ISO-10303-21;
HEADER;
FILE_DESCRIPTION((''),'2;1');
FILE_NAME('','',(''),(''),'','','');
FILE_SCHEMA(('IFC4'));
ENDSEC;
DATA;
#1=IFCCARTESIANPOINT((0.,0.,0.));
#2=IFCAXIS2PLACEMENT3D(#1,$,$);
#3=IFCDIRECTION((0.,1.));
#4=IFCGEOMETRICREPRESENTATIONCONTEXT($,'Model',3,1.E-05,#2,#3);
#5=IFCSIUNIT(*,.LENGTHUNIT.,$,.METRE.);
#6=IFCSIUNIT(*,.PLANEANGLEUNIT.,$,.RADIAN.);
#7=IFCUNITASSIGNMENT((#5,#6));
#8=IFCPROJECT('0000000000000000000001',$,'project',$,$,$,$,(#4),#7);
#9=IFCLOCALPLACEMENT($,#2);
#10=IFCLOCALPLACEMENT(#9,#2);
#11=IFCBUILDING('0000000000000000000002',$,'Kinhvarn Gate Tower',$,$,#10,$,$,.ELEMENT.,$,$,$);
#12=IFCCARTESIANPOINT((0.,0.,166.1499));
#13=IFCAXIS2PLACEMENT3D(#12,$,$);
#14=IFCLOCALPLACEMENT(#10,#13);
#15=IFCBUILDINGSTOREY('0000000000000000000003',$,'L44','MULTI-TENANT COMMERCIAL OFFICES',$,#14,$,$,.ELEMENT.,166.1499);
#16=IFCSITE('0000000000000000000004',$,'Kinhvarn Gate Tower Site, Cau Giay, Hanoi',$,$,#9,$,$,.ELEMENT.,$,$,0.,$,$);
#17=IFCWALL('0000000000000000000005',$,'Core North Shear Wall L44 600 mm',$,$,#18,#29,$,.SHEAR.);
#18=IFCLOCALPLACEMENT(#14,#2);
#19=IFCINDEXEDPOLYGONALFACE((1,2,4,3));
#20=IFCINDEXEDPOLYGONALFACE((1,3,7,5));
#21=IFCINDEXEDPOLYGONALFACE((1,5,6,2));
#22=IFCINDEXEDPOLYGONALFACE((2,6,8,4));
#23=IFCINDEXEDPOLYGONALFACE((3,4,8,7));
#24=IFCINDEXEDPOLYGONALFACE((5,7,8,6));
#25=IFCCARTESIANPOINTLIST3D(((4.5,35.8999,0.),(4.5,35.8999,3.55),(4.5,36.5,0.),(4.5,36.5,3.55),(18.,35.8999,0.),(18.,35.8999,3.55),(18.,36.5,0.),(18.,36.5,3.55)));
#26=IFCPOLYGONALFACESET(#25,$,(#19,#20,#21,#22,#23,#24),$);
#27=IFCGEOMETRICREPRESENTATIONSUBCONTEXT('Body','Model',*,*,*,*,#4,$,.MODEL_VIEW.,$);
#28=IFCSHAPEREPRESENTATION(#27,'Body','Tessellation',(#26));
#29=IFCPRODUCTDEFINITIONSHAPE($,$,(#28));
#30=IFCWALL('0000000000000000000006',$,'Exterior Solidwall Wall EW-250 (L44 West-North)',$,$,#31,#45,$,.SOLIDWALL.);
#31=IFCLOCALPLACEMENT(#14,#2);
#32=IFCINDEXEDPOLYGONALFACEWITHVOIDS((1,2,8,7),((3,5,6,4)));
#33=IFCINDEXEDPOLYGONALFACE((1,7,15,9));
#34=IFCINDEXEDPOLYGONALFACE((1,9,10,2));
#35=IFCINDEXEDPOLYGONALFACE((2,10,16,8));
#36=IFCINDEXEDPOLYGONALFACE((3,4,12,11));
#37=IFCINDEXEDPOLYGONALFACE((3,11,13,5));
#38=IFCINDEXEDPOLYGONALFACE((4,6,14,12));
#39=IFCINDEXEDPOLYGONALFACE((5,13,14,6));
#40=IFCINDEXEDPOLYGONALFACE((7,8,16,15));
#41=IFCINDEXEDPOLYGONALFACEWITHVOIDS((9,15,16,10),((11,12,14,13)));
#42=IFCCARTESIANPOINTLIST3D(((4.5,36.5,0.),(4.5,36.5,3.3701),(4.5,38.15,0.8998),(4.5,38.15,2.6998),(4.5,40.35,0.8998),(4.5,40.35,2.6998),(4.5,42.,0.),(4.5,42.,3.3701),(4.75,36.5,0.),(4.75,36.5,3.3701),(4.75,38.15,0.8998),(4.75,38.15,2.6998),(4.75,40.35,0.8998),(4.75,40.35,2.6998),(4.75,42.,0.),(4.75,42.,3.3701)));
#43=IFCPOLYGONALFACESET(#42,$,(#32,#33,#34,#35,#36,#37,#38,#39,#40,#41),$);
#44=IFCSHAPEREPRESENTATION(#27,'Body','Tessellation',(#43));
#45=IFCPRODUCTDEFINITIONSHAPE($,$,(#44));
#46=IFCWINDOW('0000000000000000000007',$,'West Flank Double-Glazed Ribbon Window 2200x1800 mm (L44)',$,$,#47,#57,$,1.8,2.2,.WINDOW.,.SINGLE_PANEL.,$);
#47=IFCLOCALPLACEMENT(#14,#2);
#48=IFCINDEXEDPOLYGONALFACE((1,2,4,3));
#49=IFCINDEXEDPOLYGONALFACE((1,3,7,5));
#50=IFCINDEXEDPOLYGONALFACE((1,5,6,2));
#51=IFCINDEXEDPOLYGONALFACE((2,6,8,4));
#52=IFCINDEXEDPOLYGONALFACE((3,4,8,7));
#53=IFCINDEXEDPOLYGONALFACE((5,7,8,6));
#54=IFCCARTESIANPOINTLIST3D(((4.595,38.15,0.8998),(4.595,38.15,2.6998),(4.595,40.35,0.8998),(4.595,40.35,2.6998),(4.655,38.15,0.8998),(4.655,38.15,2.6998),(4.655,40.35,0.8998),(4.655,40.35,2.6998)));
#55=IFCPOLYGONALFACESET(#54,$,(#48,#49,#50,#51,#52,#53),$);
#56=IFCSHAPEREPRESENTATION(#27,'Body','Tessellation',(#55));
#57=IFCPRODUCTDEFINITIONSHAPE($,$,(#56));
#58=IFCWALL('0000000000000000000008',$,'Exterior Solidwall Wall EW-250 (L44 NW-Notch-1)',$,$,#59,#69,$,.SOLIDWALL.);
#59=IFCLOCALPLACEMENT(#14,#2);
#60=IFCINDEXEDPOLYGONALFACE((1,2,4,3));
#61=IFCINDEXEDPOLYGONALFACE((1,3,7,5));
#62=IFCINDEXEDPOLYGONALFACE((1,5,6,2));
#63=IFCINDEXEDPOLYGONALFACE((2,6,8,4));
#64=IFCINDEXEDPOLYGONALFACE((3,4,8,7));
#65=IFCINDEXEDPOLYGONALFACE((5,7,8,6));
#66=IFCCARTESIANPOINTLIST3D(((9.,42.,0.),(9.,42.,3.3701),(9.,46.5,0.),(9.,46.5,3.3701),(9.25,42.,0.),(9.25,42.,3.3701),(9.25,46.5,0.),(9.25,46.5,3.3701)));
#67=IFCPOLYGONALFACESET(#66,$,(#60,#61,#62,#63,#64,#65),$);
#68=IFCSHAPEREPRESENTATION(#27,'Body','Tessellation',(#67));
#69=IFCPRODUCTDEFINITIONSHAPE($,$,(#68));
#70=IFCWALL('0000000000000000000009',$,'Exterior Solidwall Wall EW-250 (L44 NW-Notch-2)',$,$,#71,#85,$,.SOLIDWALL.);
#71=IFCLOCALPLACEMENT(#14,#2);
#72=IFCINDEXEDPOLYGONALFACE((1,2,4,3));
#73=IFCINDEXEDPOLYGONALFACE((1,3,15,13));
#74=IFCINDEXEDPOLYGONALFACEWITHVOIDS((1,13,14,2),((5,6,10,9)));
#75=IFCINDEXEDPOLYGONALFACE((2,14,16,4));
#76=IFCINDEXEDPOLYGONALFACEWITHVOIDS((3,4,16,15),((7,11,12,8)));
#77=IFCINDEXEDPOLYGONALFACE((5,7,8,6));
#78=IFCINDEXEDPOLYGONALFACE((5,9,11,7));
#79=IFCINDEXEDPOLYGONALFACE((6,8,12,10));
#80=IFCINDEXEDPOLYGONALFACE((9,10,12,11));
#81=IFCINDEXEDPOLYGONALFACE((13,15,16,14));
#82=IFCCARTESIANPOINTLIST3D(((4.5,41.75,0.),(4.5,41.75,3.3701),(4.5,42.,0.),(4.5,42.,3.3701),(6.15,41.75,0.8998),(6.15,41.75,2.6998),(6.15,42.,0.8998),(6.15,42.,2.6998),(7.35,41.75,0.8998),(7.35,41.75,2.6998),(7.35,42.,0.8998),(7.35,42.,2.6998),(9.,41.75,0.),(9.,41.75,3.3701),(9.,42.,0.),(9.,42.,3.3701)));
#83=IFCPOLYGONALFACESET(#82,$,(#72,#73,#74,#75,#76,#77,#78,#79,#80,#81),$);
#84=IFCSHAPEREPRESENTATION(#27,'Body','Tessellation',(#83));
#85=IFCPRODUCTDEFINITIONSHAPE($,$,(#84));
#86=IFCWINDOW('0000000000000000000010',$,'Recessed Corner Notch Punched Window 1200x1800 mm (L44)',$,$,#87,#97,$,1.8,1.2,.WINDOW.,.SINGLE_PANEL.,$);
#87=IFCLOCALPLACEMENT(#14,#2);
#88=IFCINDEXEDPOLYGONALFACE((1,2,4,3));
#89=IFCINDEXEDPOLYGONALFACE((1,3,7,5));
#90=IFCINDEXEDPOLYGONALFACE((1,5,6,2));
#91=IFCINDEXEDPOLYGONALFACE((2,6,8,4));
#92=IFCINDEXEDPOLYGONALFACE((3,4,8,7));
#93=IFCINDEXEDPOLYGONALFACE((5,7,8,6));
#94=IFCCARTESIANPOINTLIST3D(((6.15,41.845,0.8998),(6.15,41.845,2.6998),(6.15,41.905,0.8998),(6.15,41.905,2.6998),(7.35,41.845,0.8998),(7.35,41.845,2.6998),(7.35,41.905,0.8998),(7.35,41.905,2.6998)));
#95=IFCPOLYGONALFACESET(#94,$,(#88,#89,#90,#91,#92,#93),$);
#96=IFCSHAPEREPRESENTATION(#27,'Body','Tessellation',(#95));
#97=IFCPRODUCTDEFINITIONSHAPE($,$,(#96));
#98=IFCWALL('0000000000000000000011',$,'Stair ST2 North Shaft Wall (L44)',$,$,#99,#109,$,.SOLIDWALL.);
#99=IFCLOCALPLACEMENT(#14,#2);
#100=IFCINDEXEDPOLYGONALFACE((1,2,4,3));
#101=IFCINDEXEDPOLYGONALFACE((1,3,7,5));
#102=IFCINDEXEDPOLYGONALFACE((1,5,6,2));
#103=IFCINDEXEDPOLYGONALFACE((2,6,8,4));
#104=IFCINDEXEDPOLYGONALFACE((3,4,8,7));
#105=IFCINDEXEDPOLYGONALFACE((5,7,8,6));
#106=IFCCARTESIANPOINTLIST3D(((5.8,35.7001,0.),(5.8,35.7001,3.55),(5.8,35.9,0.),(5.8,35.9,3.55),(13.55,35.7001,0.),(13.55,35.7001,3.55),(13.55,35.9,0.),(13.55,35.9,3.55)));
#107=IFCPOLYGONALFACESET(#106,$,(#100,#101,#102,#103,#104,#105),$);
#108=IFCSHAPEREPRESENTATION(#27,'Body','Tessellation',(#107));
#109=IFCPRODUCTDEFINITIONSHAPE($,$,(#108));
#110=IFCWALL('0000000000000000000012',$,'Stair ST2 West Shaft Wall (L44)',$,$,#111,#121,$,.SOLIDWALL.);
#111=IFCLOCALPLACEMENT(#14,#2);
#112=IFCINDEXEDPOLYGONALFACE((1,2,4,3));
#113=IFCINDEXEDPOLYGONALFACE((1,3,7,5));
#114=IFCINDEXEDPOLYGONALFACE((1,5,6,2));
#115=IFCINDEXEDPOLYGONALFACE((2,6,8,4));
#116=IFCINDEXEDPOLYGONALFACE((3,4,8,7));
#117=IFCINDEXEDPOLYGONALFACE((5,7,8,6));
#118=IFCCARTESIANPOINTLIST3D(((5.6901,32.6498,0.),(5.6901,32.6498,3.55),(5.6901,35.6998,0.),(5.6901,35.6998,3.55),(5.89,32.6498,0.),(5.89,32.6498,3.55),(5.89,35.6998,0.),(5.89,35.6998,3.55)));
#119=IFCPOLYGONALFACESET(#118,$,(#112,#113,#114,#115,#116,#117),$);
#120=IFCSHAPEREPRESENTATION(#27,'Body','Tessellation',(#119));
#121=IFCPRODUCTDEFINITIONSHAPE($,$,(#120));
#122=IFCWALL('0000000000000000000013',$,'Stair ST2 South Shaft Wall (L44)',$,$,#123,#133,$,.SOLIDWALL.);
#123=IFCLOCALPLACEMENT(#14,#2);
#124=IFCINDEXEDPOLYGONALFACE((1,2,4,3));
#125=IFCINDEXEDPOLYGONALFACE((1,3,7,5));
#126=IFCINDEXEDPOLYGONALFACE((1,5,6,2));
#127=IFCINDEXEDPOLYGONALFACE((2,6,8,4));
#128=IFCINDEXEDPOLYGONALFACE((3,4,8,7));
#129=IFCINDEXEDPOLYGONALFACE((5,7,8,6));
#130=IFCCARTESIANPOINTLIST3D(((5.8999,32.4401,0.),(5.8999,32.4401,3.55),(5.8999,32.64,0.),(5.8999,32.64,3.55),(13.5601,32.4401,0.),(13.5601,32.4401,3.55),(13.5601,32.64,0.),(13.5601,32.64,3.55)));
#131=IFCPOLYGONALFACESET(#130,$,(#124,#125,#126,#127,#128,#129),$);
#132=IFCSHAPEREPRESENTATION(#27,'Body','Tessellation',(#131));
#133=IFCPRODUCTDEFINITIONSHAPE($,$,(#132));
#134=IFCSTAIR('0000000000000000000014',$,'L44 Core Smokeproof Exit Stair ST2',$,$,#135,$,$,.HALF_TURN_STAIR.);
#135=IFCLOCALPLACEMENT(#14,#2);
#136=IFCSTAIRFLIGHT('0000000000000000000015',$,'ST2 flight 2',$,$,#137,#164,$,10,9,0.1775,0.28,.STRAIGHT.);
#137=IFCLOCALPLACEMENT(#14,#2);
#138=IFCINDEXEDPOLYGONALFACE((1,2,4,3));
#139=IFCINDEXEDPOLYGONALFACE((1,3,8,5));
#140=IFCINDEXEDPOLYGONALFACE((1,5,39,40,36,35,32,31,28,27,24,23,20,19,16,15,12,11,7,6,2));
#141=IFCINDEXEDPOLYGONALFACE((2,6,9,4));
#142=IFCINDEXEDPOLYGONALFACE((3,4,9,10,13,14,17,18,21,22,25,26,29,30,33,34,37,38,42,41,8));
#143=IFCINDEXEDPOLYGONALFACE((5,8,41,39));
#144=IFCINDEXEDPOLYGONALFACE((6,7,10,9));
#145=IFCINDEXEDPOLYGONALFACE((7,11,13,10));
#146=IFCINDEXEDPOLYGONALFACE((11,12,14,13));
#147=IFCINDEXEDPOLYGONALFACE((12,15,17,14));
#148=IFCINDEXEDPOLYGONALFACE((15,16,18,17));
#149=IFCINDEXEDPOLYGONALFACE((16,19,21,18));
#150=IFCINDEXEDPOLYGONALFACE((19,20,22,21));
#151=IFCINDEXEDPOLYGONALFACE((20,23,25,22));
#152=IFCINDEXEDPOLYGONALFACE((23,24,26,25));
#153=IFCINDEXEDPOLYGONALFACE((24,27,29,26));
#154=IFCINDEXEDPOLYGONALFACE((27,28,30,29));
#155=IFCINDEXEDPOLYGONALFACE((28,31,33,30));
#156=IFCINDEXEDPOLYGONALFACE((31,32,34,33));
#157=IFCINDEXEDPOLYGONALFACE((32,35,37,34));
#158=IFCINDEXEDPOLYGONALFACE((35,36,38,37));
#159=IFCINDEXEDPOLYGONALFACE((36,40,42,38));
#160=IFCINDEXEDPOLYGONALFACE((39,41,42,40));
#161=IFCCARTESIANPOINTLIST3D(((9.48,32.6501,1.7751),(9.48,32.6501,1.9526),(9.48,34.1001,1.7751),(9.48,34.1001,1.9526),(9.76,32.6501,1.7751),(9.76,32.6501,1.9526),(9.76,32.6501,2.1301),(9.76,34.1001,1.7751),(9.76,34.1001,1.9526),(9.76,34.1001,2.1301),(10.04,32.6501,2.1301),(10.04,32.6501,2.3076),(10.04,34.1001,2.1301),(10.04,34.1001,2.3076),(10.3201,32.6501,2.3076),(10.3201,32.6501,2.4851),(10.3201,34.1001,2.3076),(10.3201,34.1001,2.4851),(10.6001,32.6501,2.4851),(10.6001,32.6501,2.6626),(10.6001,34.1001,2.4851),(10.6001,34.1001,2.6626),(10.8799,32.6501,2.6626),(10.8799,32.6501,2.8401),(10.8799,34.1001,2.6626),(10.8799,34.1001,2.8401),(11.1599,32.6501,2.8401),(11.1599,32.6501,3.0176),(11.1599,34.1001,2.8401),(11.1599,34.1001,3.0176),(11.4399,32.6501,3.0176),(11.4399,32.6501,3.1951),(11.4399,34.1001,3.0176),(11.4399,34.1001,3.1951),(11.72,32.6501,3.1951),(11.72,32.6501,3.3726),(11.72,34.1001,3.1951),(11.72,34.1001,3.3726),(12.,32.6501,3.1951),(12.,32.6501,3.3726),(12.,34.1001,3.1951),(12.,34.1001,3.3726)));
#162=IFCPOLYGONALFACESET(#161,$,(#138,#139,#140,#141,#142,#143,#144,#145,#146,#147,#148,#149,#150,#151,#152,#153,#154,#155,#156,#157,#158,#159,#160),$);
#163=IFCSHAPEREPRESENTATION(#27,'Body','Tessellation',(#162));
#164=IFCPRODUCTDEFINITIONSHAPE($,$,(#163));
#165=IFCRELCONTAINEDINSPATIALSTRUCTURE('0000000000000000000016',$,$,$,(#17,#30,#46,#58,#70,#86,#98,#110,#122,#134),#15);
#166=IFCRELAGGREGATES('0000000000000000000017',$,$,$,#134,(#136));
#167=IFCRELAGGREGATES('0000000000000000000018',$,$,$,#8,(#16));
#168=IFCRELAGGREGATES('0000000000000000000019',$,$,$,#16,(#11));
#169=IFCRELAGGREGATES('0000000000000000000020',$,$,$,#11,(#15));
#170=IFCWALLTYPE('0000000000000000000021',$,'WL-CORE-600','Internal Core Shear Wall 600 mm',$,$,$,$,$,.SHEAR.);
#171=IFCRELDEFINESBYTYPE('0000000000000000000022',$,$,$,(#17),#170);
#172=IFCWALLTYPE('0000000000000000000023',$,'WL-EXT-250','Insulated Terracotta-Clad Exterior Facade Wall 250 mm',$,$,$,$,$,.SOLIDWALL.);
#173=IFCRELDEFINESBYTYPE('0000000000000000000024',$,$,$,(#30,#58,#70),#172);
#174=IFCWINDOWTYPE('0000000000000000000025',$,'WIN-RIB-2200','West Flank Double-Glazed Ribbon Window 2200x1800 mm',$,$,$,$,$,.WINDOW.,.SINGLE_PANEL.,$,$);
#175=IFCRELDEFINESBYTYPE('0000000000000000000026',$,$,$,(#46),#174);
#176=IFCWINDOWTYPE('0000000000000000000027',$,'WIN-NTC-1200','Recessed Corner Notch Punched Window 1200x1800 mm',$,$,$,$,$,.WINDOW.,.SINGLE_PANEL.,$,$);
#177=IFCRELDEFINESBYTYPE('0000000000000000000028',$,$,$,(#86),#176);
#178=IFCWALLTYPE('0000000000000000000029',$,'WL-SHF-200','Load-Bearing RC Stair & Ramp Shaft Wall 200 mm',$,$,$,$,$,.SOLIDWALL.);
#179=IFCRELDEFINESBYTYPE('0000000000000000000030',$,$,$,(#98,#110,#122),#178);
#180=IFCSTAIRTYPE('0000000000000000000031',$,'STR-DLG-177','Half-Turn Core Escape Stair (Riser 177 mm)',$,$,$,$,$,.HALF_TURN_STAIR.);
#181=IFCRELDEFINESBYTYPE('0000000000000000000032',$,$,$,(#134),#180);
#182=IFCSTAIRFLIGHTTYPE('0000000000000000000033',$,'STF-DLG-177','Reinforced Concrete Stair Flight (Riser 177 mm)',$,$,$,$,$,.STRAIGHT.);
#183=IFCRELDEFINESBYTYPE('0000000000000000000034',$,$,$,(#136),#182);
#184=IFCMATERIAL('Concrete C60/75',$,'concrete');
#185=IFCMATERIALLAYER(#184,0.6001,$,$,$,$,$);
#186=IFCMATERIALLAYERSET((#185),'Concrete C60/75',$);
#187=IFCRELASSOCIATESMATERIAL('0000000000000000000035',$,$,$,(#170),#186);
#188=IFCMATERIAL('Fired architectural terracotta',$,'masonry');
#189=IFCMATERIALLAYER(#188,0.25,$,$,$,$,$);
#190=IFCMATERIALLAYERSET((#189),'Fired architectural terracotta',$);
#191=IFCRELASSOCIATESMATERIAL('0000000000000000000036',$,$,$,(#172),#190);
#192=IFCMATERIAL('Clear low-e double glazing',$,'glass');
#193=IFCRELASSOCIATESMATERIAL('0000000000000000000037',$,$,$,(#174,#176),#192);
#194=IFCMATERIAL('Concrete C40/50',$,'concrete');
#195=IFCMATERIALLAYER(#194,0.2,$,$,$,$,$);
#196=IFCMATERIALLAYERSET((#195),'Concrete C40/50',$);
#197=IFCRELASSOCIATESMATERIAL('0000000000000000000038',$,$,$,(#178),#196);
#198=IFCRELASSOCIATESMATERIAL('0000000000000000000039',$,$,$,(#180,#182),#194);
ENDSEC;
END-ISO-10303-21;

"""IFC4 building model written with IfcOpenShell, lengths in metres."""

from ifc_helpers import new_model, si_unit, direction, frame, frame_2d, origin, place, context, subcontext, project, spatial, polyline, rectangle, outline, extrude, material, layer, layer_set, type_object, element, fill, aggregate, save


model = new_model("IFC4")

# Units and contexts
model_context = context("Model", 3, precision=1e-05, world=origin(), true_north=direction((0.0, 1.0)))
body_context = subcontext(model_context, "Body", "Model", "MODEL_VIEW")
ifc_project = project(units=[si_unit("LENGTHUNIT", "METRE"), si_unit("PLANEANGLEUNIT", "RADIAN")], contexts=[model_context])

# Site, building, storey
site_placement = place(None, origin())
site = spatial("IfcSite", under=ifc_project, at=site_placement, Name="Kinhvarn Gate Tower Site, Cau Giay, Hanoi", CompositionType="ELEMENT", RefElevation=0.0)
building_placement = place(site_placement, origin())
building = spatial("IfcBuilding", under=site, at=building_placement, Name="Kinhvarn Gate Tower", CompositionType="ELEMENT")
storey_placement = place(building_placement, frame((0.0, 0.0, 166.1499)))
storey = spatial("IfcBuildingStorey", under=building, at=storey_placement, Name="L44", Description="MULTI-TENANT COMMERCIAL OFFICES", CompositionType="ELEMENT", Elevation=166.1499)

# Shared definitions
ifc_material_1 = material(Name="Concrete C60/75", Category="concrete")

# Shared definitions
ifc_material_2 = material(Name="Clear low-e double glazing", Category="glass")

# Wall
ifc_layer_1 = layer(ifc_material_1, 0.6001)
ifc_layer_set_1 = layer_set([ifc_layer_1], Name="Concrete C60/75")
wall_type_1 = type_object("IfcWallType", Name="WL-CORE-600", Description="Internal Core Shear Wall 600 mm", PredefinedType="SHEAR", material=ifc_layer_set_1)
wall_1_placement = place(storey_placement, frame((4.5, 36.2, 0.0), z_axis=(0.0, 0.0, 1.0), x_axis=(1.0, 0.0, 0.0)))
element("IfcWall", 1, at=wall_1_placement, inside=storey, type_object=wall_type_1, Name="Core North Shear Wall L44 600 mm", PredefinedType="SHEAR", context=body_context, shape_type="SweptSolid", body=[
    extrude(rectangle(XDim=13.5, YDim=0.6001, at=frame_2d((6.75, 0.0))), origin(), (0.0, 0.0, 1.0), 3.55),
])

# Wall, opening, window
ifc_material_3 = material(Name="Fired architectural terracotta", Category="masonry")
ifc_layer_2 = layer(ifc_material_3, 0.25)
ifc_layer_set_2 = layer_set([ifc_layer_2], Name="Fired architectural terracotta")
wall_type_2 = type_object("IfcWallType", Name="WL-EXT-250", Description="Insulated Terracotta-Clad Exterior Facade Wall 250 mm", PredefinedType="SOLIDWALL", material=ifc_layer_set_2)
wall_2_placement = place(storey_placement, frame((4.625, 42.0, 0.0), z_axis=(0.0, 0.0, 1.0), x_axis=(0.0, -1.0, 0.0)))
wall_2 = element("IfcWall", 2, at=wall_2_placement, inside=storey, type_object=wall_type_2, Name="Exterior Solidwall Wall EW-250 (L44 West-North)", PredefinedType="SOLIDWALL", context=body_context, shape_type="SweptSolid", body=[
    extrude(rectangle(XDim=5.5, YDim=0.25, at=frame_2d((2.75, 0.0))), origin(), (0.0, 0.0, 1.0), 3.3701),
])
opening_1_placement = place(wall_2_placement, frame((1.6499, 0.0, 0.8999)))
opening_1 = element("IfcOpeningElement", 3, at=opening_1_placement, cuts=wall_2, PredefinedType="OPENING", context=body_context, shape_type="SweptSolid", body=[
    extrude(rectangle(XDim=2.2, YDim=1.8, at=frame_2d((1.1001, 0.8999))), frame((0.0, 0.135, 0.0), z_axis=(0.0, -1.0, 0.0), x_axis=(1.0, 0.0, 0.0)), (0.0, 0.0, 1.0), 0.27),
])
window_type_1 = type_object("IfcWindowType", Name="WIN-RIB-2200", Description="West Flank Double-Glazed Ribbon Window 2200x1800 mm", PartitioningType="SINGLE_PANEL", PredefinedType="WINDOW", material=ifc_material_2)
window_1_placement = place(opening_1_placement, origin())
window_1 = element("IfcWindow", 4, at=window_1_placement, inside=storey, type_object=window_type_1, Name="West Flank Double-Glazed Ribbon Window 2200x1800 mm (L44)", OverallHeight=1.8, OverallWidth=2.2, PartitioningType="SINGLE_PANEL", PredefinedType="WINDOW", context=body_context, shape_type="SweptSolid", body=[
    extrude(rectangle(XDim=2.2, YDim=1.8, at=frame_2d((1.1001, 0.8999))), frame((0.0, 0.03, 0.0), z_axis=(0.0, -1.0, 0.0), x_axis=(1.0, 0.0, 0.0)), (0.0, 0.0, 1.0), 0.0601),
])
fill(opening_1, window_1)

# Wall
wall_3_placement = place(storey_placement, frame((9.125, 46.5, 0.0), z_axis=(0.0, 0.0, 1.0), x_axis=(0.0, -1.0, 0.0)))
element("IfcWall", 5, at=wall_3_placement, inside=storey, type_object=wall_type_2, Name="Exterior Solidwall Wall EW-250 (L44 NW-Notch-1)", PredefinedType="SOLIDWALL", context=body_context, shape_type="SweptSolid", body=[
    extrude(rectangle(XDim=4.5, YDim=0.25, at=frame_2d((2.25, 0.0))), origin(), (0.0, 0.0, 1.0), 3.3701),
])

# Wall, opening, window
wall_4_placement = place(storey_placement, frame((9.0, 41.875, 0.0), z_axis=(0.0, 0.0, 1.0), x_axis=(-1.0, 0.0, 0.0)))
wall_4 = element("IfcWall", 6, at=wall_4_placement, inside=storey, type_object=wall_type_2, Name="Exterior Solidwall Wall EW-250 (L44 NW-Notch-2)", PredefinedType="SOLIDWALL", context=body_context, shape_type="SweptSolid", body=[
    extrude(rectangle(XDim=4.5, YDim=0.25, at=frame_2d((2.25, 0.0))), origin(), (0.0, 0.0, 1.0), 3.3701),
])
opening_2_placement = place(wall_4_placement, frame((1.6499, 0.0, 0.8999)))
opening_2 = element("IfcOpeningElement", 7, at=opening_2_placement, cuts=wall_4, PredefinedType="OPENING", context=body_context, shape_type="SweptSolid", body=[
    extrude(rectangle(XDim=1.2, YDim=1.8, at=frame_2d((0.6001, 0.8999))), frame((0.0, 0.135, 0.0), z_axis=(0.0, -1.0, 0.0), x_axis=(1.0, 0.0, 0.0)), (0.0, 0.0, 1.0), 0.27),
])
window_type_2 = type_object("IfcWindowType", Name="WIN-NTC-1200", Description="Recessed Corner Notch Punched Window 1200x1800 mm", PartitioningType="SINGLE_PANEL", PredefinedType="WINDOW", material=ifc_material_2)
window_2_placement = place(opening_2_placement, origin())
window_2 = element("IfcWindow", 8, at=window_2_placement, inside=storey, type_object=window_type_2, Name="Recessed Corner Notch Punched Window 1200x1800 mm (L44)", OverallHeight=1.8, OverallWidth=1.2, PartitioningType="SINGLE_PANEL", PredefinedType="WINDOW", context=body_context, shape_type="SweptSolid", body=[
    extrude(rectangle(XDim=1.2, YDim=1.8, at=frame_2d((0.6001, 0.8999))), frame((0.0, 0.03, 0.0), z_axis=(0.0, -1.0, 0.0), x_axis=(1.0, 0.0, 0.0)), (0.0, 0.0, 1.0), 0.0601),
])
fill(opening_2, window_2)

# Walls
ifc_material_4 = material(Name="Concrete C40/50", Category="concrete")
ifc_layer_3 = layer(ifc_material_4, 0.2)
ifc_layer_set_3 = layer_set([ifc_layer_3], Name="Concrete C40/50")
wall_type_3 = type_object("IfcWallType", Name="WL-SHF-200", Description="Load-Bearing RC Stair & Ramp Shaft Wall 200 mm", PredefinedType="SOLIDWALL", material=ifc_layer_set_3)
wall_5_placement = place(storey_placement, frame((5.8, 35.8, 0.0), z_axis=(0.0, 0.0, 1.0), x_axis=(1.0, 0.0, 0.0)))
element("IfcWall", 9, at=wall_5_placement, inside=storey, type_object=wall_type_3, Name="Stair ST2 North Shaft Wall (L44)", PredefinedType="SOLIDWALL", context=body_context, shape_type="SweptSolid", body=[
    extrude(rectangle(XDim=7.75, YDim=0.2, at=frame_2d((3.875, 0.0))), origin(), (0.0, 0.0, 1.0), 3.55),
])
wall_6_placement = place(storey_placement, frame((5.79, 32.6499, 0.0), z_axis=(0.0, 0.0, 1.0), x_axis=(0.0, 1.0, 0.0)))
element("IfcWall", 10, at=wall_6_placement, inside=storey, type_object=wall_type_3, Name="Stair ST2 West Shaft Wall (L44)", PredefinedType="SOLIDWALL", context=body_context, shape_type="SweptSolid", body=[
    extrude(rectangle(XDim=3.05, YDim=0.2, at=frame_2d((1.5249, 0.0))), origin(), (0.0, 0.0, 1.0), 3.55),
])
wall_7_placement = place(storey_placement, frame((5.8999, 32.54, 0.0), z_axis=(0.0, 0.0, 1.0), x_axis=(1.0, 0.0, 0.0)))
element("IfcWall", 11, at=wall_7_placement, inside=storey, type_object=wall_type_3, Name="Stair ST2 South Shaft Wall (L44)", PredefinedType="SOLIDWALL", context=body_context, shape_type="SweptSolid", body=[
    extrude(rectangle(XDim=7.6602, YDim=0.2, at=frame_2d((3.8301, 0.0))), origin(), (0.0, 0.0, 1.0), 3.55),
])

# Stair, stair flight
stair_type = type_object("IfcStairType", Name="STR-DLG-177", Description="Half-Turn Core Escape Stair (Riser 177 mm)", PredefinedType="HALF_TURN_STAIR", material=ifc_material_4)
stair_placement = place(storey_placement, origin())
stair = element("IfcStair", 12, at=stair_placement, inside=storey, type_object=stair_type, Name="L44 Core Smokeproof Exit Stair ST2", PredefinedType="HALF_TURN_STAIR")
stair_flight_type = type_object("IfcStairFlightType", Name="STF-DLG-177", Description="Reinforced Concrete Stair Flight (Riser 177 mm)", PredefinedType="STRAIGHT", material=ifc_material_4)
stair_flight_placement = place(storey_placement, frame((9.48, 33.375, 1.7751), z_axis=(0.0, 0.0, 1.0), x_axis=(1.0, 0.0, 0.0)))
stair_flight = element("IfcStairFlight", 13, at=stair_flight_placement, type_object=stair_flight_type, Name="ST2 flight 2", NumberOfRisers=10, NumberOfTreads=9, PredefinedType="STRAIGHT", RiserHeight=0.1775, TreadLength=0.28, context=body_context, shape_type="SweptSolid", body=[
    extrude(outline(polyline([(0.0, 0.0), (0.0, 0.1775), (0.28, 0.1775), (0.28, 0.355), (0.5601, 0.355), (0.5601, 0.5325), (0.8401, 0.5325), (0.8401, 0.71), (1.1201, 0.71), (1.1201, 0.8875), (1.3999, 0.8875), (1.3999, 1.0649), (1.6799, 1.0649), (1.6799, 1.2424), (1.96, 1.2424), (1.96, 1.4199), (2.24, 1.4199), (2.24, 1.5974), (2.52, 1.5974), (2.52, 1.7749), (2.52, 1.4199), (0.28, 0.0), (0.0, 0.0)])), frame((0.0, 0.7251, 0.0), z_axis=(0.0, -1.0, 0.0), x_axis=(1.0, 0.0, 0.0)), (0.0, 0.0, 1.0), 1.45),
])
aggregate(stair, [stair_flight])

save(model, "model.ifc")
